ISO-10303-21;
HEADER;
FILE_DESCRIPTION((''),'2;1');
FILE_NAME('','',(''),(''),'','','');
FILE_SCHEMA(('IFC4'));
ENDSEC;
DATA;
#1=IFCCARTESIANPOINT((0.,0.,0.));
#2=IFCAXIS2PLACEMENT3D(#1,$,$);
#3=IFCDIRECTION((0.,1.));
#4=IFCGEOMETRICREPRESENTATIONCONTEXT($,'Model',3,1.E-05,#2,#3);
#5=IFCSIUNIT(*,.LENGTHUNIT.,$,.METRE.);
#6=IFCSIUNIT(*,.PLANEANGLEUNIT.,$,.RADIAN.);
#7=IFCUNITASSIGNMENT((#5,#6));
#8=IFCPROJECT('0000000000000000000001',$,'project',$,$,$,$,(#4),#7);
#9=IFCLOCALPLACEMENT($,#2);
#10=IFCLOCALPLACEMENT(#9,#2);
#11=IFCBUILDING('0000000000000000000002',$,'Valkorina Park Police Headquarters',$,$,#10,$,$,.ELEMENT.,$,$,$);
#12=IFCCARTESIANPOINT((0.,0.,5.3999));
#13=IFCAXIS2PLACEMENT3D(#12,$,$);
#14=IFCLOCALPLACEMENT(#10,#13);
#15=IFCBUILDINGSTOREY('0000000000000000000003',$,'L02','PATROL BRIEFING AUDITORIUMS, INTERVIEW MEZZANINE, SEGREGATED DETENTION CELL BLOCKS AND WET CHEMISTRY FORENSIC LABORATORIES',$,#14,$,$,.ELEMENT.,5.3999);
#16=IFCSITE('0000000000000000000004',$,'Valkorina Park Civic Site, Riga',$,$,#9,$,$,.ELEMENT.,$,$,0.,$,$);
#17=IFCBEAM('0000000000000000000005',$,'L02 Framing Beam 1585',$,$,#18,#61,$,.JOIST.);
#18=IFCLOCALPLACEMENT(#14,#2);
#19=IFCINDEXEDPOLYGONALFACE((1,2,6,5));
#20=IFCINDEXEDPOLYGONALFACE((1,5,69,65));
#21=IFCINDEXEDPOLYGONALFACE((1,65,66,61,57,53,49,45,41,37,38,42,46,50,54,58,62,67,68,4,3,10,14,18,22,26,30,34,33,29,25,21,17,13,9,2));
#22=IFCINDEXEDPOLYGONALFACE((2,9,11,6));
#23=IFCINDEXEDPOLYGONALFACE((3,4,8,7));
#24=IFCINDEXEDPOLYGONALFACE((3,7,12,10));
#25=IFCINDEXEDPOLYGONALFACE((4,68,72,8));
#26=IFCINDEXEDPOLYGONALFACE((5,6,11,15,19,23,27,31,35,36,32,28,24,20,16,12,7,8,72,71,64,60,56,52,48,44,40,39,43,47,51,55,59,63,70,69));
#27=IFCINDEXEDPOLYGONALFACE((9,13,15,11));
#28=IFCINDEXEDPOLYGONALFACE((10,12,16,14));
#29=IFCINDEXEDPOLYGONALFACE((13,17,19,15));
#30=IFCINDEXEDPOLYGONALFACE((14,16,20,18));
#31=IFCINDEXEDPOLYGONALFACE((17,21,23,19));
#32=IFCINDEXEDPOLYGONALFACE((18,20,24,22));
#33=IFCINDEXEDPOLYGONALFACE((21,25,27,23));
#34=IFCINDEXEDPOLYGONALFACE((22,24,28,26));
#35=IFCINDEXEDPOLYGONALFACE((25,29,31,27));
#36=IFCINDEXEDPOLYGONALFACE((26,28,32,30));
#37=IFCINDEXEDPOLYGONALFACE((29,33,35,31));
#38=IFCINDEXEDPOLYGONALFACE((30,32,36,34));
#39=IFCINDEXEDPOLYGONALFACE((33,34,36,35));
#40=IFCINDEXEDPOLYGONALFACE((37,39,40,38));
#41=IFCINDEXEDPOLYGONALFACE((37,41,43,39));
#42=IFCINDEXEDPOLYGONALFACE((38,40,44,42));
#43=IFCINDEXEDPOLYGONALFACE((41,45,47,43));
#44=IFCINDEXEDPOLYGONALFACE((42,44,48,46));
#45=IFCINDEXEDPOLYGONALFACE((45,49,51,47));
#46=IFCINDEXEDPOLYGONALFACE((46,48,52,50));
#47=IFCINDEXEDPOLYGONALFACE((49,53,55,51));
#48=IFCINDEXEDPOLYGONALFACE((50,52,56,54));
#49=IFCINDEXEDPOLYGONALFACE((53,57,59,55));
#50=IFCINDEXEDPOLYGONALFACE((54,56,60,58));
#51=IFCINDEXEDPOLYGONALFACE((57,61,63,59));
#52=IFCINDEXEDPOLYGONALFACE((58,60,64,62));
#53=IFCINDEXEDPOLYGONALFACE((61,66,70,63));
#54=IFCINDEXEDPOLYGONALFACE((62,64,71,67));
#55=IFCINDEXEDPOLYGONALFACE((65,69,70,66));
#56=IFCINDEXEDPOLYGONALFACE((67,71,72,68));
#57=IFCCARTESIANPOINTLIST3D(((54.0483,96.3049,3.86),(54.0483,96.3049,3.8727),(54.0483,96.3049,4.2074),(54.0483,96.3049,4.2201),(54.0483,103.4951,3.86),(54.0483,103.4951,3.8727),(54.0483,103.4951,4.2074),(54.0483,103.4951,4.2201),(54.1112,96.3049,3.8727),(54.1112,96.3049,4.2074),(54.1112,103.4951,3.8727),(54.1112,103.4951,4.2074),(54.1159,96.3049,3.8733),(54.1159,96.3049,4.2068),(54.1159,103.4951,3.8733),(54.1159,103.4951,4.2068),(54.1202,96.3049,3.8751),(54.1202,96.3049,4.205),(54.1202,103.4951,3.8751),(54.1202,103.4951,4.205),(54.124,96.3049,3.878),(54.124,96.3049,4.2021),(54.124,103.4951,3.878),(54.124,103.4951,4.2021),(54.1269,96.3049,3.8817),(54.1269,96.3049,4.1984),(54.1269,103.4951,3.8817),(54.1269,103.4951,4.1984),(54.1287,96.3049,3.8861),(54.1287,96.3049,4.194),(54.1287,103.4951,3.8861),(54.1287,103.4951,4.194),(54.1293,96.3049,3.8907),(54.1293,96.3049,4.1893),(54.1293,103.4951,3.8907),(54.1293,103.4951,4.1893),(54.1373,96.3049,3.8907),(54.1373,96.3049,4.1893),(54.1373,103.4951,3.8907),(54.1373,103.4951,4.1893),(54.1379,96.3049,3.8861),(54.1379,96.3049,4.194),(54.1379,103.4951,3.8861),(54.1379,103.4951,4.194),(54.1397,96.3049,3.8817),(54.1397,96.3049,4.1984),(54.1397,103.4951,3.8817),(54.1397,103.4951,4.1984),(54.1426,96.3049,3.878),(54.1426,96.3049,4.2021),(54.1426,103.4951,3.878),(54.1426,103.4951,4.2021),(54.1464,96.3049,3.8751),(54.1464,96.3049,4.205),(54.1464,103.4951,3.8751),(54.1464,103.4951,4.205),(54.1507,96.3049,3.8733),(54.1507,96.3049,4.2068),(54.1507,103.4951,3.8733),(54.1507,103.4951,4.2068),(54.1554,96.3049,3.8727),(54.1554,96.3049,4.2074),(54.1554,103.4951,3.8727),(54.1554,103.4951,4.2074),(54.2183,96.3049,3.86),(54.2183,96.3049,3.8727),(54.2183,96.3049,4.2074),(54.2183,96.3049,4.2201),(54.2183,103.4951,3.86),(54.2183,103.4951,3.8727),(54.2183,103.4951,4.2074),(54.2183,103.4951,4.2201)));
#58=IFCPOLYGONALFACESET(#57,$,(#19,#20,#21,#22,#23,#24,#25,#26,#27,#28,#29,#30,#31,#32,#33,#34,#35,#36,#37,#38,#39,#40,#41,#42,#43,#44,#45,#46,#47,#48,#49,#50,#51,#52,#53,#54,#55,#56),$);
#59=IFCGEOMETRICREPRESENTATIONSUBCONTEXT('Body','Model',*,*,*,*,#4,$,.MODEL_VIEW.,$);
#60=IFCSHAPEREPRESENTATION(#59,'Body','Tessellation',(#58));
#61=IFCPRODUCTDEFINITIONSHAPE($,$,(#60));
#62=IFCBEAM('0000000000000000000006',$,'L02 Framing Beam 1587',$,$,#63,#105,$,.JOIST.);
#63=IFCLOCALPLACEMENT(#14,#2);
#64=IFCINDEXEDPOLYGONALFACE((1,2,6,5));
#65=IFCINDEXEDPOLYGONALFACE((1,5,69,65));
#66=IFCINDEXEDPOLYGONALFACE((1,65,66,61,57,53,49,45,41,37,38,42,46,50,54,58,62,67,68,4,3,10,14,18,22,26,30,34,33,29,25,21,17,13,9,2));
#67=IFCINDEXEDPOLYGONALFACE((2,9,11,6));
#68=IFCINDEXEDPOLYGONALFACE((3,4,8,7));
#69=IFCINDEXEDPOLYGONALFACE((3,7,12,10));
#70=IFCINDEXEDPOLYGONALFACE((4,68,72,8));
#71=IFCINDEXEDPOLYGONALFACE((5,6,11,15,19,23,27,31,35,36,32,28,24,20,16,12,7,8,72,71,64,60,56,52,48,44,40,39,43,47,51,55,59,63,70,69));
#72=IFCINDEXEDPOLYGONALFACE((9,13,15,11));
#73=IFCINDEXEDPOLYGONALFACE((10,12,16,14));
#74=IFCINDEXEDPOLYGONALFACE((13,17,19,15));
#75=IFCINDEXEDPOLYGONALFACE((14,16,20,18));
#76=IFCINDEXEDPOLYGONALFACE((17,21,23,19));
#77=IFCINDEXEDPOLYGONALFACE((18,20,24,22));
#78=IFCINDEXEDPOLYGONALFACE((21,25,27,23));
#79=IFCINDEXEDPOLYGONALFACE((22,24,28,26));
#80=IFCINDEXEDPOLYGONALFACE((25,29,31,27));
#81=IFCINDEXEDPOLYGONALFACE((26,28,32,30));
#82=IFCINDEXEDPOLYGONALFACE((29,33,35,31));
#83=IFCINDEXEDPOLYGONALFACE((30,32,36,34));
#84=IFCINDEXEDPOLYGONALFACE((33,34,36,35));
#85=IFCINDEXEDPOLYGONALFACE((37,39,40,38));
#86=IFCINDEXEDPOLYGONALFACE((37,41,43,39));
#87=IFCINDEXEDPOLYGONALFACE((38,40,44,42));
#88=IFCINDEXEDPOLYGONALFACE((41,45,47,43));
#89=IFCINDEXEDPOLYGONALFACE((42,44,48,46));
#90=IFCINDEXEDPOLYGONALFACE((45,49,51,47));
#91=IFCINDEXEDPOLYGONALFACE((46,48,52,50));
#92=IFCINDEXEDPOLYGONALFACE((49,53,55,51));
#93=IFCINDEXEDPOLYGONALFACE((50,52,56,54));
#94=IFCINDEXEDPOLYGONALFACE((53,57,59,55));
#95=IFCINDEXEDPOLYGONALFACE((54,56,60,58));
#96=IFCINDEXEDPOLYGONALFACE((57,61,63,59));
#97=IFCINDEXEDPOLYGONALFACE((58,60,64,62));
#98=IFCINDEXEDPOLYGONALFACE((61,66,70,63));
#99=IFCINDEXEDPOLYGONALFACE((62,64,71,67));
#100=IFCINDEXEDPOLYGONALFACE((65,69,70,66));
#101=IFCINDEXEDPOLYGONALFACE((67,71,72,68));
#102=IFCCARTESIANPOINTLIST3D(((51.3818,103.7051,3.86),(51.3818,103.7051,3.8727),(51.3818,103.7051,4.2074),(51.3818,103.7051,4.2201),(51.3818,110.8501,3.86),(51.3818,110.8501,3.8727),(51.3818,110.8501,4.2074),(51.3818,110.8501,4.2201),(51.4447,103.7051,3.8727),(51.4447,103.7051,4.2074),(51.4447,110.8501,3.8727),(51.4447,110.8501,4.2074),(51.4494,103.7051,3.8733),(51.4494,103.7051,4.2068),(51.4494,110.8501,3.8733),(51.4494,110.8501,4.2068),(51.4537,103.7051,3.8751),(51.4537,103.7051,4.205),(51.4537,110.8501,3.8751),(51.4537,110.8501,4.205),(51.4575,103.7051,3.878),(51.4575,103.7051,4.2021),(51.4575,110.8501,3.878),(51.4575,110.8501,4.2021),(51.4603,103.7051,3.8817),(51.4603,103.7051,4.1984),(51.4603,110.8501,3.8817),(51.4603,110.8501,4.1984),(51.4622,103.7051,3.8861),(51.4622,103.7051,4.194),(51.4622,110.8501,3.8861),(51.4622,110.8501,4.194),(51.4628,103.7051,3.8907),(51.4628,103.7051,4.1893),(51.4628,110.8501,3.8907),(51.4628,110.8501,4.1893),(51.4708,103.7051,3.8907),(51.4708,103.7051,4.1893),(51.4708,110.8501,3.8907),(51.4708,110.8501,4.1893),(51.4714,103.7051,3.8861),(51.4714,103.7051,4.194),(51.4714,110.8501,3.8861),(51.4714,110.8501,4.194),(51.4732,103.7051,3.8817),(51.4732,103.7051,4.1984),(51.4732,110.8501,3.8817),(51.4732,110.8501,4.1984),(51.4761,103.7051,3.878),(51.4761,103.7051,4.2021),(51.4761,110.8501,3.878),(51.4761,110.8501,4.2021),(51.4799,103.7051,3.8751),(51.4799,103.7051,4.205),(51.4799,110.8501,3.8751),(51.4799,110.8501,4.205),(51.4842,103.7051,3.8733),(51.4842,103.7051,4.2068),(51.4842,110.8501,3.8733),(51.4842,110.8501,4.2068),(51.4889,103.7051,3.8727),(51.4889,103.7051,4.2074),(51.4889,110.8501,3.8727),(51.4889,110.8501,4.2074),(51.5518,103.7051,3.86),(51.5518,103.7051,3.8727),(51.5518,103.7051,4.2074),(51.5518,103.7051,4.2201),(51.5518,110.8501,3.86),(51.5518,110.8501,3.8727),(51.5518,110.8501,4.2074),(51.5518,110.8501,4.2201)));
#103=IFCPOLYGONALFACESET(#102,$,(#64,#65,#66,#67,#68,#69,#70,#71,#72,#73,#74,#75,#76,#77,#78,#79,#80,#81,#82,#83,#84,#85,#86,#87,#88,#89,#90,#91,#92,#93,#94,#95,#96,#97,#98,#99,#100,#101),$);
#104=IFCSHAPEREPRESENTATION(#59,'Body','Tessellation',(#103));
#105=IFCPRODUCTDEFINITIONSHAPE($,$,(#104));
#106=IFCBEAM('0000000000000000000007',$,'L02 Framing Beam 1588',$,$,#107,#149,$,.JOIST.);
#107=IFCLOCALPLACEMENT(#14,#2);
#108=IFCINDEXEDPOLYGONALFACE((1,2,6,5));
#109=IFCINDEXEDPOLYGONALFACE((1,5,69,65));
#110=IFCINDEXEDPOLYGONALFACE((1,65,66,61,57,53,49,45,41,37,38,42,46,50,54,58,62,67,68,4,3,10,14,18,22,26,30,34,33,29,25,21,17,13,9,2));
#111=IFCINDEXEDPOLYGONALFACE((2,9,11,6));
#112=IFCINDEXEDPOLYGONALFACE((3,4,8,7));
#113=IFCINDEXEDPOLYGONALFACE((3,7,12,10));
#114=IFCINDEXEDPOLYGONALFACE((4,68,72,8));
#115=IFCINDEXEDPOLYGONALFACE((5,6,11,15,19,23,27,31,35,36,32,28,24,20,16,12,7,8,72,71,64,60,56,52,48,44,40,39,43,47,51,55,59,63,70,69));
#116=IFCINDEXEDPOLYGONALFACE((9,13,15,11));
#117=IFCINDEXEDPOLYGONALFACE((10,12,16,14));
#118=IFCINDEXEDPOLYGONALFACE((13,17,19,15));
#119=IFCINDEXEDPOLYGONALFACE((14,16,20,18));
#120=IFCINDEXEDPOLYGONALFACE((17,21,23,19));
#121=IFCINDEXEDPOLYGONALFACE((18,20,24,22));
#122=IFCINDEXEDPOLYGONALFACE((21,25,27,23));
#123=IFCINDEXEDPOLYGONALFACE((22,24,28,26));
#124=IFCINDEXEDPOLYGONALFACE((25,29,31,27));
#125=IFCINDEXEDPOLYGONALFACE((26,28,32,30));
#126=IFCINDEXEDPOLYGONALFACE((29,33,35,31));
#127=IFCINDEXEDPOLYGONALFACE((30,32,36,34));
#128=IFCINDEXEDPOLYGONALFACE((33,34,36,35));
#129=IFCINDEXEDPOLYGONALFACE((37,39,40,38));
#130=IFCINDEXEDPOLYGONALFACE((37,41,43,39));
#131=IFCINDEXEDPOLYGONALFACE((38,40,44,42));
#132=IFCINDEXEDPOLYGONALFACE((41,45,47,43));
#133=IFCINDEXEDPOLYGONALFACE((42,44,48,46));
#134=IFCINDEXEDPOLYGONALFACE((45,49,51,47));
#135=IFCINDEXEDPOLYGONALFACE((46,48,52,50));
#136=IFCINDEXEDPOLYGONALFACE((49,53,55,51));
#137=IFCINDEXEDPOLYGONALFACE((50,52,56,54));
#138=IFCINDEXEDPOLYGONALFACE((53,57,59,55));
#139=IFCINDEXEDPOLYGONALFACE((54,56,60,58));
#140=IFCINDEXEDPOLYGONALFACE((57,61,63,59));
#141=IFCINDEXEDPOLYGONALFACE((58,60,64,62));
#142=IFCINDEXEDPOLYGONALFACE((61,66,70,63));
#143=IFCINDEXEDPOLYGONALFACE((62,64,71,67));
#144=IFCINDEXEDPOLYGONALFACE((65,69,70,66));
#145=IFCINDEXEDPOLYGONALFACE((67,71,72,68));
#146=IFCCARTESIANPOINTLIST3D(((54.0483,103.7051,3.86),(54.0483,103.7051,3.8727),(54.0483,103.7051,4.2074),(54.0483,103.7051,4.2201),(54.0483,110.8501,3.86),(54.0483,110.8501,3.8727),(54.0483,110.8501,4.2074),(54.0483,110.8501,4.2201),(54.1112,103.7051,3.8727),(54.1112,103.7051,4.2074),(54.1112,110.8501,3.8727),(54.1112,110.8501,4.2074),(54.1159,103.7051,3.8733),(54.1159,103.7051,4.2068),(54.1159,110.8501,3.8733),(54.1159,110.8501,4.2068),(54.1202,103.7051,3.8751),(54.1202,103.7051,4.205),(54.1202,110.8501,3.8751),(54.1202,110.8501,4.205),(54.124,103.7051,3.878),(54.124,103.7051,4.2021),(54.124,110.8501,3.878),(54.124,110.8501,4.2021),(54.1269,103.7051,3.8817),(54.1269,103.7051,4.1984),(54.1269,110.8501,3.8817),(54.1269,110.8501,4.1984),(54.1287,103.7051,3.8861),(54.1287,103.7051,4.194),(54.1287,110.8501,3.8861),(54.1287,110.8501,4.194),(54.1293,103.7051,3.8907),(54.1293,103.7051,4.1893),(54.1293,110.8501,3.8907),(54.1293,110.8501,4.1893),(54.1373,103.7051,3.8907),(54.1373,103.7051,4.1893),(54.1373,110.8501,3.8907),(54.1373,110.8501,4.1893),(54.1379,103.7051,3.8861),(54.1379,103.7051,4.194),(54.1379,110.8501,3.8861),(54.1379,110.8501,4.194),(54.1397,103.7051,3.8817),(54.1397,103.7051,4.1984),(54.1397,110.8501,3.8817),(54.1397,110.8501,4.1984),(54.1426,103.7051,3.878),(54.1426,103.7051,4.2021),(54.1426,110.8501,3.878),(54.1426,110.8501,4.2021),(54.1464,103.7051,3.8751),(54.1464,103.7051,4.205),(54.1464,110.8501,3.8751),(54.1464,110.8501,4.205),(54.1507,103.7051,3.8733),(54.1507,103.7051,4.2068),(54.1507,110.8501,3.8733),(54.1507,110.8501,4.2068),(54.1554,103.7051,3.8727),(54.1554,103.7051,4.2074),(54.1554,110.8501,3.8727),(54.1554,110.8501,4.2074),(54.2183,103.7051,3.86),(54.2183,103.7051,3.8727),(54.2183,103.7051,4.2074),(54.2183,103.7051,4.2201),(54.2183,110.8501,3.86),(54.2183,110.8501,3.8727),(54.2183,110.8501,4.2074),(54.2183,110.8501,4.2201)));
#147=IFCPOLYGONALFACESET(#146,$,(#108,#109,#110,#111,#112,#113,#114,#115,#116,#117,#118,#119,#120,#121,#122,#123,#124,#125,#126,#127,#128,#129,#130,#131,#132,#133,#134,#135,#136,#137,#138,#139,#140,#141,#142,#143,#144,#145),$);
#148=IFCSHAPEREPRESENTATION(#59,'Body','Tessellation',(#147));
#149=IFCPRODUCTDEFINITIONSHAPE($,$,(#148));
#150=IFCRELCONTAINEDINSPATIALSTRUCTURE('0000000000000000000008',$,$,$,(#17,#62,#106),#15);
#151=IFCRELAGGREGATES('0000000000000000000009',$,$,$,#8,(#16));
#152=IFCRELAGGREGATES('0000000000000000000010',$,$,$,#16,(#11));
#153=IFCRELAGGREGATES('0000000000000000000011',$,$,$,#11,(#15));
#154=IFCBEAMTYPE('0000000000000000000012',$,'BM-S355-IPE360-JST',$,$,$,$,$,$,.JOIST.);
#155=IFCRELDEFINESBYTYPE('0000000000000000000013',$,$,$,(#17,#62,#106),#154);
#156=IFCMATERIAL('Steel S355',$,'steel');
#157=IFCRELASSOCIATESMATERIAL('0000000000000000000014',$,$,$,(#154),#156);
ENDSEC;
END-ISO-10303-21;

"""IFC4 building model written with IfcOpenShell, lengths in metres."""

from ifc_helpers import new_model, si_unit, direction, frame, origin, origin_2d, place, context, subcontext, project, spatial, i_section, extrude, material, material_profile, profile_set, type_object, element, save


model = new_model("IFC4")

# Units and contexts
model_context = context("Model", 3, precision=1e-05, world=origin(), true_north=direction((0.0, 1.0)))
body_context = subcontext(model_context, "Body", "Model", "MODEL_VIEW")
ifc_project = project(units=[si_unit("LENGTHUNIT", "METRE"), si_unit("PLANEANGLEUNIT", "RADIAN")], contexts=[model_context])

# Site, building, storey
site_placement = place(None, origin())
site = spatial("IfcSite", under=ifc_project, at=site_placement, Name="Valkorina Park Civic Site, Riga", CompositionType="ELEMENT", RefElevation=0.0)
building_placement = place(site_placement, origin())
building = spatial("IfcBuilding", under=site, at=building_placement, Name="Valkorina Park Police Headquarters", CompositionType="ELEMENT")
storey_placement = place(building_placement, frame((0.0, 0.0, 5.3999)))
storey = spatial("IfcBuildingStorey", under=building, at=storey_placement, Name="L02", Description="PATROL BRIEFING AUDITORIUMS, INTERVIEW MEZZANINE, SEGREGATED DETENTION CELL BLOCKS AND WET CHEMISTRY FORENSIC LABORATORIES", CompositionType="ELEMENT", Elevation=5.3999)

# Shared definitions
ifc_material_1 = material(Name="Steel S355", Category="steel")

# Beams
ifc_material_profile_1 = material_profile(ifc_material_1, i_section(OverallWidth=0.1699, OverallDepth=0.3601, WebThickness=0.0081, FlangeThickness=0.0127, FilletRadius=0.0181, at=origin_2d()), Name="IPE 360")
ifc_profile_set_1 = profile_set([ifc_material_profile_1], Name="Steel S355")
beam_type_1 = type_object("IfcBeamType", Name="BM-S355-IPE360-JST", PredefinedType="JOIST", material=ifc_profile_set_1)
for number, where, z_axis, x_axis, name in (
    (1, (54.1333, 96.3049, 4.04), (0.0, 1.0, 0.0), (-1.0, 0.0, 0.0), "L02 Framing Beam 1585"),
):
    element("IfcBeam", number, at=place(storey_placement, frame(where, z_axis=z_axis, x_axis=x_axis)), inside=storey, type_object=beam_type_1, Name=name, PredefinedType="JOIST", context=body_context, shape_type="SweptSolid", body=[
        extrude(i_section(OverallWidth=0.1699, OverallDepth=0.3601, WebThickness=0.0081, FlangeThickness=0.0127, FilletRadius=0.0181, at=origin_2d()), origin(), (0.0, 0.0, 1.0), 7.1902),
    ])
for number, where, z_axis, x_axis, name in (
    (2, (51.4668, 103.7051, 4.04), (0.0, 1.0, 0.0), (-1.0, 0.0, 0.0), "L02 Framing Beam 1587"),
    (3, (54.1333, 103.7051, 4.04), (0.0, 1.0, 0.0), (-1.0, 0.0, 0.0), "L02 Framing Beam 1588"),
):
    element("IfcBeam", number, at=place(storey_placement, frame(where, z_axis=z_axis, x_axis=x_axis)), inside=storey, type_object=beam_type_1, Name=name, PredefinedType="JOIST", context=body_context, shape_type="SweptSolid", body=[
        extrude(i_section(OverallWidth=0.1699, OverallDepth=0.3601, WebThickness=0.0081, FlangeThickness=0.0127, FilletRadius=0.0181, at=origin_2d()), origin(), (0.0, 0.0, 1.0), 7.145),
    ])

save(model, "model.ifc")
